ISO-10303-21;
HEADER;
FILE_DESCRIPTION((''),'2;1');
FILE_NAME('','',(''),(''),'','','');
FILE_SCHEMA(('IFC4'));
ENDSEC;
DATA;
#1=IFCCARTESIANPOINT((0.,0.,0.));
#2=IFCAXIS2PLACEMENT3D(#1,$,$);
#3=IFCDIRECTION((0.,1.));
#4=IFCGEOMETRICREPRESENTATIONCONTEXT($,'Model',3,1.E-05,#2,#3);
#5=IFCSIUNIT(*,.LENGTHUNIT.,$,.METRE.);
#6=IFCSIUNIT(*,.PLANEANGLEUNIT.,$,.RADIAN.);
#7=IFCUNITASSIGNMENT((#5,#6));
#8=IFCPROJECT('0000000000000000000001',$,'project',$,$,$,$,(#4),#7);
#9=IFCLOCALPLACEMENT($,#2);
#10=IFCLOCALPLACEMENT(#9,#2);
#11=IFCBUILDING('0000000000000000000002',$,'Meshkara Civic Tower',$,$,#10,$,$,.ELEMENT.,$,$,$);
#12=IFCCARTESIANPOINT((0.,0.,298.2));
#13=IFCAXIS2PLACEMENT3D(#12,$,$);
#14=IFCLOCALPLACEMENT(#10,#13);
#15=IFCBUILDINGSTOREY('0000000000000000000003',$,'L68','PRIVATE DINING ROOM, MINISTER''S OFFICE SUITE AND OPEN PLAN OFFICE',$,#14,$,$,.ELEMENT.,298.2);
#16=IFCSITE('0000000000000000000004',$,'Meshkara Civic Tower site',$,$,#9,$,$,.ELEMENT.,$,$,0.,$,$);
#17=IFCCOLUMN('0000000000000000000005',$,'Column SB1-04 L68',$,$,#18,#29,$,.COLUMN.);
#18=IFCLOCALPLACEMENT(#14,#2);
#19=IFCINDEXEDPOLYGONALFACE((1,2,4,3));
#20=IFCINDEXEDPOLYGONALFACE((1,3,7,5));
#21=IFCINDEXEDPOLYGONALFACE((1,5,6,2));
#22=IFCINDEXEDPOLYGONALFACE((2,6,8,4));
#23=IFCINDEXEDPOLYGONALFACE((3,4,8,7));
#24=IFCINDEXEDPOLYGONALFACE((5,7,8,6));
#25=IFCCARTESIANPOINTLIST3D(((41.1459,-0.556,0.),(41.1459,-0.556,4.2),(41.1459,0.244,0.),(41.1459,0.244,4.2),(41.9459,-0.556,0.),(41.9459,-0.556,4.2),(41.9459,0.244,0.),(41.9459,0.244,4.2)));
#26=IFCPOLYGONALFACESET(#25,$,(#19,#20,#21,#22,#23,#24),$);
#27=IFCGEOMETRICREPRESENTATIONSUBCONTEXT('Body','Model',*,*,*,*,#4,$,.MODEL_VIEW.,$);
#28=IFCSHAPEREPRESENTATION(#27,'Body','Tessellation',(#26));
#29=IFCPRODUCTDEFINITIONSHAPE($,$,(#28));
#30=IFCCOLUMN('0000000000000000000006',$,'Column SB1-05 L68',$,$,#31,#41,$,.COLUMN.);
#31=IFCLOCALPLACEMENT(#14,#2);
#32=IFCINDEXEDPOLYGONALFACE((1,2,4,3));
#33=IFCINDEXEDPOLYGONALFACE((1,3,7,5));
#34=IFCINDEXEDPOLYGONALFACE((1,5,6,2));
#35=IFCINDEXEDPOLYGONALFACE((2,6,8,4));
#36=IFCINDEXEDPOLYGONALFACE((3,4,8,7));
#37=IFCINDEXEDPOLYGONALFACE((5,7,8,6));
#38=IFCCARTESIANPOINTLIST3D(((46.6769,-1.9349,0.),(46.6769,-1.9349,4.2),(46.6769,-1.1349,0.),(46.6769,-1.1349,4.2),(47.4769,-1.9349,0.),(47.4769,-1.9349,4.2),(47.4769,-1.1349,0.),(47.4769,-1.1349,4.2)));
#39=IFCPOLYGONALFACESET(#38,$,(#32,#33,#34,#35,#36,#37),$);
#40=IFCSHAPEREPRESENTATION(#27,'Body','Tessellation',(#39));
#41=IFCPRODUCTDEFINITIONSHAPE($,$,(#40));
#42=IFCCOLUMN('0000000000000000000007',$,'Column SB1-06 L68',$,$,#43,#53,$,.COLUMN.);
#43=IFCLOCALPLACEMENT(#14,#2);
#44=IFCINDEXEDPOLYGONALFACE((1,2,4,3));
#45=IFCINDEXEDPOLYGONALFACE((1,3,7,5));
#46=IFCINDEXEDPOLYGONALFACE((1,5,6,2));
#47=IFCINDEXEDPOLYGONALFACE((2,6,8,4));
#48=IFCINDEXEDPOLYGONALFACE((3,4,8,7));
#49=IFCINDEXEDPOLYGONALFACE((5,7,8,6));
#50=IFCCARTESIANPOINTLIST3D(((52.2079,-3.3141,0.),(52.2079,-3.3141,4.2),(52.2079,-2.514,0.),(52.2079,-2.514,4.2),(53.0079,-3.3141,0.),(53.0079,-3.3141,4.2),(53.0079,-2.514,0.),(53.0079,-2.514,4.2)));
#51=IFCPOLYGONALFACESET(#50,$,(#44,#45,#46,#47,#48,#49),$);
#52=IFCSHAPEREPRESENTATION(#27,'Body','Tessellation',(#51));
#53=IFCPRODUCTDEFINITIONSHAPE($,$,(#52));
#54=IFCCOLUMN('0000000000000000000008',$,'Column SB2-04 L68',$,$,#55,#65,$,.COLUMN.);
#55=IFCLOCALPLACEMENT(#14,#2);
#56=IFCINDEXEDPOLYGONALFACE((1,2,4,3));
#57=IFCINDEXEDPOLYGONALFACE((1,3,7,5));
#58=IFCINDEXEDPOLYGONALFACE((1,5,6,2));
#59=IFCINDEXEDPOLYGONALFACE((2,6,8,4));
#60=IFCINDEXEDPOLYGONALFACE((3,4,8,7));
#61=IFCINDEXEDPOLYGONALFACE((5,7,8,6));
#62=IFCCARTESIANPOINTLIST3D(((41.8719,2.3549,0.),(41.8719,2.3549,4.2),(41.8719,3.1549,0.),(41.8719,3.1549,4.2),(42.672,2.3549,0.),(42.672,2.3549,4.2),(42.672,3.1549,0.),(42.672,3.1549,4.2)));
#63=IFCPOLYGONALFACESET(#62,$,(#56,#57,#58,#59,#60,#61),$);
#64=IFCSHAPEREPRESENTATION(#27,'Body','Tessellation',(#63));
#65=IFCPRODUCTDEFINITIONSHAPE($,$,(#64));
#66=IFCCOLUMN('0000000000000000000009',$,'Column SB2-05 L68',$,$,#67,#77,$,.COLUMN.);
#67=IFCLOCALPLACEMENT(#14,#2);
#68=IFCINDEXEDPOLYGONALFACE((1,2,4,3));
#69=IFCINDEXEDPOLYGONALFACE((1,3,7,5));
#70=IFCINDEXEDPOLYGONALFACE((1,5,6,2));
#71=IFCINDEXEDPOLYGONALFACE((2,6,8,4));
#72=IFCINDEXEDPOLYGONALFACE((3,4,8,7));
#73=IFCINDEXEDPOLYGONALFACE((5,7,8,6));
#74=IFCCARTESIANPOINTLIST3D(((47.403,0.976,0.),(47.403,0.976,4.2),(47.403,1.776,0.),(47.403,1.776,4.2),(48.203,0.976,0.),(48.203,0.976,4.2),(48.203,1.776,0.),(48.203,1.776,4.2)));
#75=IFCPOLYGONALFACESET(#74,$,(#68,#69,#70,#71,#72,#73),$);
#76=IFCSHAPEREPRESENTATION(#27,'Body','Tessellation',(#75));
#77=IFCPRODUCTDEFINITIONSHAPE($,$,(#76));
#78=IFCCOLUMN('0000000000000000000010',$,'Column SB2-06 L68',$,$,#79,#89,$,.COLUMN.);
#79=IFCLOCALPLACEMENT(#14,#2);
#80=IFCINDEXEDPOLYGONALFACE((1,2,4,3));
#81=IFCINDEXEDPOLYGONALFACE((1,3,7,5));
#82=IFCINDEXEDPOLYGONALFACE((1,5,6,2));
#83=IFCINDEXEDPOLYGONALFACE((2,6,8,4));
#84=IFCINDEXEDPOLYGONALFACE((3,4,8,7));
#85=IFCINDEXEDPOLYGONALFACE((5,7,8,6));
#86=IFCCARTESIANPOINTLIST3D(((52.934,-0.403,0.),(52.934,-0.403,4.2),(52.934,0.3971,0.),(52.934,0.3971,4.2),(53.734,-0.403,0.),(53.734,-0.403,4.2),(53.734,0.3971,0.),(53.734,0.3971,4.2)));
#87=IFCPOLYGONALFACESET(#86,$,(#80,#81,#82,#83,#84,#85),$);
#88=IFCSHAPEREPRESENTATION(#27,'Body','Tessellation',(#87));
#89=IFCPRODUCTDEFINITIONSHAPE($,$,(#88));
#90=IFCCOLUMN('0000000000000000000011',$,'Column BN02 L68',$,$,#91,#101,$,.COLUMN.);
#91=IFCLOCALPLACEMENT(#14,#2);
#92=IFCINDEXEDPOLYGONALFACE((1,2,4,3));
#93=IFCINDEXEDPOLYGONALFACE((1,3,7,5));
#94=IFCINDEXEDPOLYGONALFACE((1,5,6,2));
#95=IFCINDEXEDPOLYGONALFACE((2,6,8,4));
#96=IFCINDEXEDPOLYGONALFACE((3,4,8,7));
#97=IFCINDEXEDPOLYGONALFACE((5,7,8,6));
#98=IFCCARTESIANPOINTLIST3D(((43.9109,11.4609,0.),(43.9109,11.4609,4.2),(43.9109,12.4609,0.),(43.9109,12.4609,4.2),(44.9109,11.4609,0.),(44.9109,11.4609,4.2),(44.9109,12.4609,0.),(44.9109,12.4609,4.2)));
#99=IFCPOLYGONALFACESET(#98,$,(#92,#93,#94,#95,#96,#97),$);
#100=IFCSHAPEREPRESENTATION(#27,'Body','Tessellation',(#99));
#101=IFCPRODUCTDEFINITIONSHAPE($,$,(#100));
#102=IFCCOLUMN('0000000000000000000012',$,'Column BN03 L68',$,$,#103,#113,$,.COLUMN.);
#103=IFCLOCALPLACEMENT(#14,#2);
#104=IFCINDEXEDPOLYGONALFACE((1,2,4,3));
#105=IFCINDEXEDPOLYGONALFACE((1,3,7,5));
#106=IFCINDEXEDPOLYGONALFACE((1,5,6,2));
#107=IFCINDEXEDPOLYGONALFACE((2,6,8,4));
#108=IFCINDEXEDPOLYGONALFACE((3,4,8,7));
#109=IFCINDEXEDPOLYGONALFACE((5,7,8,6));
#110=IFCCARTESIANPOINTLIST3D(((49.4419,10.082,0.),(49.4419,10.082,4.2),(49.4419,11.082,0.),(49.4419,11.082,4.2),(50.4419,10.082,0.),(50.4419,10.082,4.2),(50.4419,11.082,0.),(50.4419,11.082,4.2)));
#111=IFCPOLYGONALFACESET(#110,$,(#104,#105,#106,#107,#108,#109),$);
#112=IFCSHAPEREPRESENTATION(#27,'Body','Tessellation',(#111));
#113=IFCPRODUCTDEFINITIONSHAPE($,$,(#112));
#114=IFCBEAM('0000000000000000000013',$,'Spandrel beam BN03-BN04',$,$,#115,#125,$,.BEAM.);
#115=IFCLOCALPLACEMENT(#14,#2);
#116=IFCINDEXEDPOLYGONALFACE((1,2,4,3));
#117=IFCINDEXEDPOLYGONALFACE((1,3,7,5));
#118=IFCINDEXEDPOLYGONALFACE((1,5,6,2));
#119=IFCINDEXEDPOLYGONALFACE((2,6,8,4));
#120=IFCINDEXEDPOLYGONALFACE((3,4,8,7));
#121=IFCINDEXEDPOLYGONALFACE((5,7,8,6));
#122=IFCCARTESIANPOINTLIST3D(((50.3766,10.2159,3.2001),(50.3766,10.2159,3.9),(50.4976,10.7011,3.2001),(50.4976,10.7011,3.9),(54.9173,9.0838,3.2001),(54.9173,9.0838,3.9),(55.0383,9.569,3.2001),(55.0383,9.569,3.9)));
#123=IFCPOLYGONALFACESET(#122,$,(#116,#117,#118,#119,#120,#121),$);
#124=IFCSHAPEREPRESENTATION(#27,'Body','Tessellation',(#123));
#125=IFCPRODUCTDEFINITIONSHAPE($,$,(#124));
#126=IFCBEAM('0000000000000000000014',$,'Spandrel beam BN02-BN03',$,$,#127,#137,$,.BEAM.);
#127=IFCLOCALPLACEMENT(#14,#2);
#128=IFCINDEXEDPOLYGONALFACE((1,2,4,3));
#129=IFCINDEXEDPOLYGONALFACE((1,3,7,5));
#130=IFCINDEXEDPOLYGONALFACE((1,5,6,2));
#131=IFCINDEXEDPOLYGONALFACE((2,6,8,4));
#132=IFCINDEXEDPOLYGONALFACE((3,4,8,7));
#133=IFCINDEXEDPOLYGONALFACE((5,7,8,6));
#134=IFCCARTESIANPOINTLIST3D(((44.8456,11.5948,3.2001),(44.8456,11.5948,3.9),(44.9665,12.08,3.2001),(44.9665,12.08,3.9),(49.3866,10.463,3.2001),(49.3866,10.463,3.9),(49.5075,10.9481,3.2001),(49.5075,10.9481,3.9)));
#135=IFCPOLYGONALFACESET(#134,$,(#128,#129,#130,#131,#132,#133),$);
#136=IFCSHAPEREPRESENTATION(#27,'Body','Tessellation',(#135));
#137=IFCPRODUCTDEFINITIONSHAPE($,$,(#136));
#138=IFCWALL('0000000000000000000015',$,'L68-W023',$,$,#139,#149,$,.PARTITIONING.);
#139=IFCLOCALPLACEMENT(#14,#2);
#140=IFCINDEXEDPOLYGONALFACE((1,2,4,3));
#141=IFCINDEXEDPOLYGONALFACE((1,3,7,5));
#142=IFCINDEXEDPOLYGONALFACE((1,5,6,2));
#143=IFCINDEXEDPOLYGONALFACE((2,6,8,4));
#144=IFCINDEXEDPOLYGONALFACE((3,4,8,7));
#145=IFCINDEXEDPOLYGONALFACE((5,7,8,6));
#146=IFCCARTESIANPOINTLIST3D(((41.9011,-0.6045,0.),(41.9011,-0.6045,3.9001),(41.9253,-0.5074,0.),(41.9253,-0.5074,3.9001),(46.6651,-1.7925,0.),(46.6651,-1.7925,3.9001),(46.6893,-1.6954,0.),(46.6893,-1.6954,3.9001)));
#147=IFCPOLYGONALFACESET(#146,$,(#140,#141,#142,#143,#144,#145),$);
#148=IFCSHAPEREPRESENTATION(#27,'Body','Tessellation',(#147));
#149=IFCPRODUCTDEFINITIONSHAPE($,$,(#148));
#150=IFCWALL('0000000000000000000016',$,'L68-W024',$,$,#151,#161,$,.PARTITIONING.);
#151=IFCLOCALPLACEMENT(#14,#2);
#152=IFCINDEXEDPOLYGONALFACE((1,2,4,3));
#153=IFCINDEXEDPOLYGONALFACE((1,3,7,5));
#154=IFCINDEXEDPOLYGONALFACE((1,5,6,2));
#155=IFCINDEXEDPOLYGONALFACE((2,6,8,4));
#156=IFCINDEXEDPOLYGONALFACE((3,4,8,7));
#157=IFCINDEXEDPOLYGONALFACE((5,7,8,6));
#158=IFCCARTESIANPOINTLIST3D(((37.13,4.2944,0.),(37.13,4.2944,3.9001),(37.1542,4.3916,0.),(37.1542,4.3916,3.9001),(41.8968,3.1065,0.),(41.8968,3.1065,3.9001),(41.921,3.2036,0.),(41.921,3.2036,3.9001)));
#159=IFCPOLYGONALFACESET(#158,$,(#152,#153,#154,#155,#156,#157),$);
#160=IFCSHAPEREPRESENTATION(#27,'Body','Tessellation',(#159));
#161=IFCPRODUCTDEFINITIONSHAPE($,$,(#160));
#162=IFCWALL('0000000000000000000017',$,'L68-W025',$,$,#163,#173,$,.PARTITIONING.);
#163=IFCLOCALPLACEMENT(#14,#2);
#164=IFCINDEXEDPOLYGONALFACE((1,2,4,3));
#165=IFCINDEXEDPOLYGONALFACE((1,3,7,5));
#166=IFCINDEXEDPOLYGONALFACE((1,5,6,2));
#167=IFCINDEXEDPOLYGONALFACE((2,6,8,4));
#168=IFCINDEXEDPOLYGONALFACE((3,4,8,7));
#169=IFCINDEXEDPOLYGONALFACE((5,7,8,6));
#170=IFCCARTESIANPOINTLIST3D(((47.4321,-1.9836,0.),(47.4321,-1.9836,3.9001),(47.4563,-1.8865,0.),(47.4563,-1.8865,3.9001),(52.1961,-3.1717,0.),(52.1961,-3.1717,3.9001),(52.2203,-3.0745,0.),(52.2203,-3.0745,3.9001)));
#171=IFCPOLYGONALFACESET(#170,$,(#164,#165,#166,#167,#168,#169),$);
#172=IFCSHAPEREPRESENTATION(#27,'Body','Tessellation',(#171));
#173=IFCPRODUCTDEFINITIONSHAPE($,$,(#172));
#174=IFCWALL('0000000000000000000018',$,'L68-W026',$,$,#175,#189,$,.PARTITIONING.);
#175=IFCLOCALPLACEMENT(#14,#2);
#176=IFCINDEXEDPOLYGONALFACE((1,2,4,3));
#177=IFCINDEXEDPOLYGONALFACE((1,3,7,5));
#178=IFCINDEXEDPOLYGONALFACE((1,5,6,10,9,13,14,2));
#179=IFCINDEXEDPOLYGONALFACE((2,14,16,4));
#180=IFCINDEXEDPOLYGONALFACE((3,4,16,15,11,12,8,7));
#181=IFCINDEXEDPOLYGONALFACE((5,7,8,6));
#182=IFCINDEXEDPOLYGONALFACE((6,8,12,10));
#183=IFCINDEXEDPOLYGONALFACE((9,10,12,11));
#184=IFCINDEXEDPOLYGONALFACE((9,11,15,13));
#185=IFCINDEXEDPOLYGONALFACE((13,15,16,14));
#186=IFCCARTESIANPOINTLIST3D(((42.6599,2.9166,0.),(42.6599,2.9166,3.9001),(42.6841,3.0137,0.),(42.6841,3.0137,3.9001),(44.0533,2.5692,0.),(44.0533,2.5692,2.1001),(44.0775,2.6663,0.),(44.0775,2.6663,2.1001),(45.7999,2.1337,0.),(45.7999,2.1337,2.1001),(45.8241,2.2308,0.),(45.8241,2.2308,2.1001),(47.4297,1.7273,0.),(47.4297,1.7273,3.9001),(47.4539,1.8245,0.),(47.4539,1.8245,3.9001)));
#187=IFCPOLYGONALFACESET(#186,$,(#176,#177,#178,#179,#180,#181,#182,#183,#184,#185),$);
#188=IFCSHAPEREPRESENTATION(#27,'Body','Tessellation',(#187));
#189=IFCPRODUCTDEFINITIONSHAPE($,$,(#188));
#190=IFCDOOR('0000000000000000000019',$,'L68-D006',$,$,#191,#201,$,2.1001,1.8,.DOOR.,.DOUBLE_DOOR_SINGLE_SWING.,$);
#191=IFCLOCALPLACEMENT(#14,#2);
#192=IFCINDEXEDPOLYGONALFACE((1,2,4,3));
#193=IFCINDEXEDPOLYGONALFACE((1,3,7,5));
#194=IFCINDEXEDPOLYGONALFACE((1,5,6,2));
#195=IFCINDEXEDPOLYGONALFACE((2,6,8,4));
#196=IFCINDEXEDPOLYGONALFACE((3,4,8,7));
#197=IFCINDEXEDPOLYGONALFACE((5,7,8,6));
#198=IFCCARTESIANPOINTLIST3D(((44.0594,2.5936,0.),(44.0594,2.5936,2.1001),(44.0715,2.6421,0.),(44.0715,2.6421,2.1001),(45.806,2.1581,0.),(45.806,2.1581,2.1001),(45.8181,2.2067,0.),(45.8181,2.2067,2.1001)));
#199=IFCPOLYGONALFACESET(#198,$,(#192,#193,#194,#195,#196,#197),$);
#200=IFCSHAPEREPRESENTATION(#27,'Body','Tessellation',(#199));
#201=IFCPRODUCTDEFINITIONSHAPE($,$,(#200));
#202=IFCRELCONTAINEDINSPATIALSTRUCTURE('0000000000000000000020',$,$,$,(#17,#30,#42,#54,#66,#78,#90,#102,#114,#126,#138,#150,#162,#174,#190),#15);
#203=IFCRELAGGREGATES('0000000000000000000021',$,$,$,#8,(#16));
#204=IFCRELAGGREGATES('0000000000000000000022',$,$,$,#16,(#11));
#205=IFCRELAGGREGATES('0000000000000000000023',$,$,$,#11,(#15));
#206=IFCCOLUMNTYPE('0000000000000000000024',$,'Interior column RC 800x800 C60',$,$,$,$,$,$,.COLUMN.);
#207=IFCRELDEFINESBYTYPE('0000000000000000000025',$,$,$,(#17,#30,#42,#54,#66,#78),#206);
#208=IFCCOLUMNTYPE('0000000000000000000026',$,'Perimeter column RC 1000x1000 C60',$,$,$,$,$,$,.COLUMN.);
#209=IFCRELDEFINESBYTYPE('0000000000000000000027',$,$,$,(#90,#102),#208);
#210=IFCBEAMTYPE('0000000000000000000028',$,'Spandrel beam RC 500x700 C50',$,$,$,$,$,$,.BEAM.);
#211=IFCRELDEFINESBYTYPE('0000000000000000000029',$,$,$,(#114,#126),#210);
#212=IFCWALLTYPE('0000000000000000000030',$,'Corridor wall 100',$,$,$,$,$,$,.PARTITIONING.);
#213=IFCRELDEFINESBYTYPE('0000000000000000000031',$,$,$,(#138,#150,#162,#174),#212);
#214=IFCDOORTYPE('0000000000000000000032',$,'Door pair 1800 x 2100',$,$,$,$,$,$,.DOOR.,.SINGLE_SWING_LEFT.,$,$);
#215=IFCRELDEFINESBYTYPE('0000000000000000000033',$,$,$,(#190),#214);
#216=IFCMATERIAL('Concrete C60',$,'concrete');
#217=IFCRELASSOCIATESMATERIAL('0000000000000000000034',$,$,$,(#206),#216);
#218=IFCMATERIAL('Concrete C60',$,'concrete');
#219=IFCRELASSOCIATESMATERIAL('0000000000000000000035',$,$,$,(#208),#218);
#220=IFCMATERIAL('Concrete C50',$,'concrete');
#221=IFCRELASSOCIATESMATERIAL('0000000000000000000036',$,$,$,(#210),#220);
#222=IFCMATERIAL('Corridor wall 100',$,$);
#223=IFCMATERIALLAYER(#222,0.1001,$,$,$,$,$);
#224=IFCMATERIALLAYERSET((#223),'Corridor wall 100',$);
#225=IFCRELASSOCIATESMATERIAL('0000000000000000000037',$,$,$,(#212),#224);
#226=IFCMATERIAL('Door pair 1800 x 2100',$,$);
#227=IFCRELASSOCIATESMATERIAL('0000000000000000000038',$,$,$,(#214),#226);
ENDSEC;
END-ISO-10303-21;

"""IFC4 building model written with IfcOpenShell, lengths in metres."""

from ifc_helpers import new_model, si_unit, direction, frame, frame_2d, origin, origin_2d, place, context, subcontext, project, spatial, rectangle, extrude, material, layer, layer_set, material_profile, profile_set, type_object, element, fill, save


model = new_model("IFC4")

# Units and contexts
model_context = context("Model", 3, precision=1e-05, world=origin(), true_north=direction((0.0, 1.0)))
body_context = subcontext(model_context, "Body", "Model", "MODEL_VIEW")
ifc_project = project(units=[si_unit("LENGTHUNIT", "METRE"), si_unit("PLANEANGLEUNIT", "RADIAN")], contexts=[model_context])

# Site, building, storey
site_placement = place(None, origin())
site = spatial("IfcSite", under=ifc_project, at=site_placement, Name="Meshkara Civic Tower site", CompositionType="ELEMENT", RefElevation=0.0)
building_placement = place(site_placement, origin())
building = spatial("IfcBuilding", under=site, at=building_placement, Name="Meshkara Civic Tower", CompositionType="ELEMENT")
storey_placement = place(building_placement, frame((0.0, 0.0, 298.2)))
storey = spatial("IfcBuildingStorey", under=building, at=storey_placement, Name="L68", Description="PRIVATE DINING ROOM, MINISTER'S OFFICE SUITE AND OPEN PLAN OFFICE", CompositionType="ELEMENT", Elevation=298.2)

# Columns
ifc_material_1 = material(Name="Concrete C60", Category="concrete")
ifc_material_profile_1 = material_profile(ifc_material_1, rectangle(XDim=0.8, YDim=0.8, at=origin_2d()))
ifc_profile_set_1 = profile_set([ifc_material_profile_1], Name="Concrete C60")
column_type_1 = type_object("IfcColumnType", Name="Interior column RC 800x800 C60", PredefinedType="COLUMN", material=ifc_profile_set_1)
for number, where, z_axis, x_axis, name in (
    (1, (41.5459, -0.156, 0.0), (0.0, 0.0, 1.0), (1.0, 0.0, 0.0), "Column SB1-04 L68"),
    (2, (47.0769, -1.5349, 0.0), (0.0, 0.0, 1.0), (1.0, 0.0, 0.0), "Column SB1-05 L68"),
    (3, (52.6079, -2.9141, 0.0), (0.0, 0.0, 1.0), (1.0, 0.0, 0.0), "Column SB1-06 L68"),
    (4, (42.272, 2.7549, 0.0), (0.0, 0.0, 1.0), (1.0, 0.0, 0.0), "Column SB2-04 L68"),
    (5, (47.803, 1.376, 0.0), (0.0, 0.0, 1.0), (1.0, 0.0, 0.0), "Column SB2-05 L68"),
    (6, (53.334, -0.0029, 0.0), (0.0, 0.0, 1.0), (1.0, 0.0, 0.0), "Column SB2-06 L68"),
):
    element("IfcColumn", number, at=place(storey_placement, frame(where, z_axis=z_axis, x_axis=x_axis)), inside=storey, type_object=column_type_1, Name=name, PredefinedType="COLUMN", context=body_context, shape_type="SweptSolid", body=[
        extrude(rectangle(XDim=0.8, YDim=0.8, at=origin_2d()), origin(), (0.0, 0.0, 1.0), 4.2),
    ])
ifc_material_2 = material(Name="Concrete C60", Category="concrete")
ifc_material_profile_2 = material_profile(ifc_material_2, rectangle(XDim=1.0, YDim=1.0, at=origin_2d()))
ifc_profile_set_2 = profile_set([ifc_material_profile_2], Name="Concrete C60")
column_type_2 = type_object("IfcColumnType", Name="Perimeter column RC 1000x1000 C60", PredefinedType="COLUMN", material=ifc_profile_set_2)
for number, where, z_axis, x_axis, name in (
    (7, (44.4109, 11.9609, 0.0), (0.0, 0.0, 1.0), (1.0, 0.0, 0.0), "Column BN02 L68"),
    (8, (49.9419, 10.582, 0.0), (0.0, 0.0, 1.0), (1.0, 0.0, 0.0), "Column BN03 L68"),
):
    element("IfcColumn", number, at=place(storey_placement, frame(where, z_axis=z_axis, x_axis=x_axis)), inside=storey, type_object=column_type_2, Name=name, PredefinedType="COLUMN", context=body_context, shape_type="SweptSolid", body=[
        extrude(rectangle(XDim=1.0, YDim=1.0, at=origin_2d()), origin(), (0.0, 0.0, 1.0), 4.2),
    ])

# Beams
ifc_material_3 = material(Name="Concrete C50", Category="concrete")
ifc_material_profile_3 = material_profile(ifc_material_3, rectangle(XDim=0.5, YDim=0.7, at=origin_2d()))
ifc_profile_set_3 = profile_set([ifc_material_profile_3], Name="Concrete C50")
beam_type = type_object("IfcBeamType", Name="Spandrel beam RC 500x700 C50", PredefinedType="BEAM", material=ifc_profile_set_3)
beam_1_placement = place(storey_placement, frame((54.9778, 9.3264, 3.55), z_axis=(-0.970299, 0.24191, 0.0), x_axis=(-0.24191, -0.970299, 0.0)))
element("IfcBeam", 9, at=beam_1_placement, inside=storey, type_object=beam_type, Name="Spandrel beam BN03-BN04", PredefinedType="BEAM", context=body_context, shape_type="SweptSolid", body=[
    extrude(rectangle(XDim=0.5, YDim=0.7, at=origin_2d()), origin(), (0.0, 0.0, 1.0), 4.6797),
])
beam_2_placement = place(storey_placement, frame((49.447, 10.7056, 3.55), z_axis=(-0.970314, 0.241848, 0.0), x_axis=(-0.241848, -0.970314, 0.0)))
element("IfcBeam", 10, at=beam_2_placement, inside=storey, type_object=beam_type, Name="Spandrel beam BN02-BN03", PredefinedType="BEAM", context=body_context, shape_type="SweptSolid", body=[
    extrude(rectangle(XDim=0.5, YDim=0.7, at=origin_2d()), origin(), (0.0, 0.0, 1.0), 4.6799),
])

# Walls
ifc_material_4 = material(Name="Corridor wall 100")
ifc_layer_1 = layer(ifc_material_4, 0.1001)
ifc_layer_set_1 = layer_set([ifc_layer_1], Name="Corridor wall 100")
wall_type_1 = type_object("IfcWallType", Name="Corridor wall 100", PredefinedType="PARTITIONING", material=ifc_layer_set_1)
wall_1_placement = place(storey_placement, frame((41.9131, -0.5559, 0.0), z_axis=(0.0, 0.0, 1.0), x_axis=(0.970286, -0.241962, 0.0)))
element("IfcWall", 11, at=wall_1_placement, inside=storey, type_object=wall_type_1, Name="L68-W023", PredefinedType="PARTITIONING", context=body_context, shape_type="SweptSolid", body=[
    extrude(rectangle(XDim=4.9099, YDim=0.1001, at=frame_2d((2.4551, 0.0))), origin(), (0.0, 0.0, 1.0), 3.9001),
])
wall_2_placement = place(storey_placement, frame((41.9089, 3.155, 0.0), z_axis=(0.0, 0.0, 1.0), x_axis=(-0.970321, 0.241822, 0.0)))
element("IfcWall", 12, at=wall_2_placement, inside=storey, type_object=wall_type_1, Name="L68-W024", PredefinedType="PARTITIONING", context=body_context, shape_type="SweptSolid", body=[
    extrude(rectangle(XDim=4.9126, YDim=0.1001, at=frame_2d((2.4563, 0.0))), origin(), (0.0, 0.0, 1.0), 3.9001),
])
wall_3_placement = place(storey_placement, frame((47.4441, -1.9351, 0.0), z_axis=(0.0, 0.0, 1.0), x_axis=(0.970286, -0.241962, 0.0)))
element("IfcWall", 13, at=wall_3_placement, inside=storey, type_object=wall_type_1, Name="L68-W025", PredefinedType="PARTITIONING", context=body_context, shape_type="SweptSolid", body=[
    extrude(rectangle(XDim=4.9099, YDim=0.1001, at=frame_2d((2.4551, 0.0))), origin(), (0.0, 0.0, 1.0), 3.9001),
])

# Wall, opening, door
wall_4_placement = place(storey_placement, frame((47.4419, 1.7759, 0.0), z_axis=(0.0, 0.0, 1.0), x_axis=(-0.970297, 0.241916, 0.0)))
wall_4 = element("IfcWall", 14, at=wall_4_placement, inside=storey, type_object=wall_type_1, Name="L68-W026", PredefinedType="PARTITIONING", context=body_context, shape_type="SweptSolid", body=[
    extrude(rectangle(XDim=4.9158, YDim=0.1001, at=frame_2d((2.458, 0.0))), origin(), (0.0, 0.0, 1.0), 3.9001),
])
opening_1_placement = place(wall_4_placement, frame((1.6799, 0.0, 0.0)))
opening_1 = element("IfcOpeningElement", 15, at=opening_1_placement, cuts=wall_4, PredefinedType="OPENING", context=body_context, shape_type="SweptSolid", body=[
    extrude(rectangle(XDim=1.8, YDim=2.1001, at=frame_2d((0.8999, 1.05))), frame((0.0, 0.0601, 0.0), z_axis=(0.0, -1.0, 0.0), x_axis=(1.0, 0.0, 0.0)), (0.0, 0.0, 1.0), 0.1201),
])
ifc_material_5 = material(Name="Door pair 1800 x 2100")
door_type_1 = type_object("IfcDoorType", Name="Door pair 1800 x 2100", OperationType="SINGLE_SWING_LEFT", PredefinedType="DOOR", material=ifc_material_5)
door_1_placement = place(opening_1_placement, origin())
door_1 = element("IfcDoor", 16, at=door_1_placement, inside=storey, type_object=door_type_1, Name="L68-D006", OperationType="DOUBLE_DOOR_SINGLE_SWING", OverallHeight=2.1001, OverallWidth=1.8, PredefinedType="DOOR", context=body_context, shape_type="SweptSolid", body=[
    extrude(rectangle(XDim=1.8, YDim=2.1001, at=frame_2d((0.8999, 1.05))), frame((0.0, 0.0249, 0.0), z_axis=(0.0, -1.0, 0.0), x_axis=(1.0, 0.0, 0.0)), (0.0, 0.0, 1.0), 0.05),
])
fill(opening_1, door_1)

save(model, "model.ifc")
